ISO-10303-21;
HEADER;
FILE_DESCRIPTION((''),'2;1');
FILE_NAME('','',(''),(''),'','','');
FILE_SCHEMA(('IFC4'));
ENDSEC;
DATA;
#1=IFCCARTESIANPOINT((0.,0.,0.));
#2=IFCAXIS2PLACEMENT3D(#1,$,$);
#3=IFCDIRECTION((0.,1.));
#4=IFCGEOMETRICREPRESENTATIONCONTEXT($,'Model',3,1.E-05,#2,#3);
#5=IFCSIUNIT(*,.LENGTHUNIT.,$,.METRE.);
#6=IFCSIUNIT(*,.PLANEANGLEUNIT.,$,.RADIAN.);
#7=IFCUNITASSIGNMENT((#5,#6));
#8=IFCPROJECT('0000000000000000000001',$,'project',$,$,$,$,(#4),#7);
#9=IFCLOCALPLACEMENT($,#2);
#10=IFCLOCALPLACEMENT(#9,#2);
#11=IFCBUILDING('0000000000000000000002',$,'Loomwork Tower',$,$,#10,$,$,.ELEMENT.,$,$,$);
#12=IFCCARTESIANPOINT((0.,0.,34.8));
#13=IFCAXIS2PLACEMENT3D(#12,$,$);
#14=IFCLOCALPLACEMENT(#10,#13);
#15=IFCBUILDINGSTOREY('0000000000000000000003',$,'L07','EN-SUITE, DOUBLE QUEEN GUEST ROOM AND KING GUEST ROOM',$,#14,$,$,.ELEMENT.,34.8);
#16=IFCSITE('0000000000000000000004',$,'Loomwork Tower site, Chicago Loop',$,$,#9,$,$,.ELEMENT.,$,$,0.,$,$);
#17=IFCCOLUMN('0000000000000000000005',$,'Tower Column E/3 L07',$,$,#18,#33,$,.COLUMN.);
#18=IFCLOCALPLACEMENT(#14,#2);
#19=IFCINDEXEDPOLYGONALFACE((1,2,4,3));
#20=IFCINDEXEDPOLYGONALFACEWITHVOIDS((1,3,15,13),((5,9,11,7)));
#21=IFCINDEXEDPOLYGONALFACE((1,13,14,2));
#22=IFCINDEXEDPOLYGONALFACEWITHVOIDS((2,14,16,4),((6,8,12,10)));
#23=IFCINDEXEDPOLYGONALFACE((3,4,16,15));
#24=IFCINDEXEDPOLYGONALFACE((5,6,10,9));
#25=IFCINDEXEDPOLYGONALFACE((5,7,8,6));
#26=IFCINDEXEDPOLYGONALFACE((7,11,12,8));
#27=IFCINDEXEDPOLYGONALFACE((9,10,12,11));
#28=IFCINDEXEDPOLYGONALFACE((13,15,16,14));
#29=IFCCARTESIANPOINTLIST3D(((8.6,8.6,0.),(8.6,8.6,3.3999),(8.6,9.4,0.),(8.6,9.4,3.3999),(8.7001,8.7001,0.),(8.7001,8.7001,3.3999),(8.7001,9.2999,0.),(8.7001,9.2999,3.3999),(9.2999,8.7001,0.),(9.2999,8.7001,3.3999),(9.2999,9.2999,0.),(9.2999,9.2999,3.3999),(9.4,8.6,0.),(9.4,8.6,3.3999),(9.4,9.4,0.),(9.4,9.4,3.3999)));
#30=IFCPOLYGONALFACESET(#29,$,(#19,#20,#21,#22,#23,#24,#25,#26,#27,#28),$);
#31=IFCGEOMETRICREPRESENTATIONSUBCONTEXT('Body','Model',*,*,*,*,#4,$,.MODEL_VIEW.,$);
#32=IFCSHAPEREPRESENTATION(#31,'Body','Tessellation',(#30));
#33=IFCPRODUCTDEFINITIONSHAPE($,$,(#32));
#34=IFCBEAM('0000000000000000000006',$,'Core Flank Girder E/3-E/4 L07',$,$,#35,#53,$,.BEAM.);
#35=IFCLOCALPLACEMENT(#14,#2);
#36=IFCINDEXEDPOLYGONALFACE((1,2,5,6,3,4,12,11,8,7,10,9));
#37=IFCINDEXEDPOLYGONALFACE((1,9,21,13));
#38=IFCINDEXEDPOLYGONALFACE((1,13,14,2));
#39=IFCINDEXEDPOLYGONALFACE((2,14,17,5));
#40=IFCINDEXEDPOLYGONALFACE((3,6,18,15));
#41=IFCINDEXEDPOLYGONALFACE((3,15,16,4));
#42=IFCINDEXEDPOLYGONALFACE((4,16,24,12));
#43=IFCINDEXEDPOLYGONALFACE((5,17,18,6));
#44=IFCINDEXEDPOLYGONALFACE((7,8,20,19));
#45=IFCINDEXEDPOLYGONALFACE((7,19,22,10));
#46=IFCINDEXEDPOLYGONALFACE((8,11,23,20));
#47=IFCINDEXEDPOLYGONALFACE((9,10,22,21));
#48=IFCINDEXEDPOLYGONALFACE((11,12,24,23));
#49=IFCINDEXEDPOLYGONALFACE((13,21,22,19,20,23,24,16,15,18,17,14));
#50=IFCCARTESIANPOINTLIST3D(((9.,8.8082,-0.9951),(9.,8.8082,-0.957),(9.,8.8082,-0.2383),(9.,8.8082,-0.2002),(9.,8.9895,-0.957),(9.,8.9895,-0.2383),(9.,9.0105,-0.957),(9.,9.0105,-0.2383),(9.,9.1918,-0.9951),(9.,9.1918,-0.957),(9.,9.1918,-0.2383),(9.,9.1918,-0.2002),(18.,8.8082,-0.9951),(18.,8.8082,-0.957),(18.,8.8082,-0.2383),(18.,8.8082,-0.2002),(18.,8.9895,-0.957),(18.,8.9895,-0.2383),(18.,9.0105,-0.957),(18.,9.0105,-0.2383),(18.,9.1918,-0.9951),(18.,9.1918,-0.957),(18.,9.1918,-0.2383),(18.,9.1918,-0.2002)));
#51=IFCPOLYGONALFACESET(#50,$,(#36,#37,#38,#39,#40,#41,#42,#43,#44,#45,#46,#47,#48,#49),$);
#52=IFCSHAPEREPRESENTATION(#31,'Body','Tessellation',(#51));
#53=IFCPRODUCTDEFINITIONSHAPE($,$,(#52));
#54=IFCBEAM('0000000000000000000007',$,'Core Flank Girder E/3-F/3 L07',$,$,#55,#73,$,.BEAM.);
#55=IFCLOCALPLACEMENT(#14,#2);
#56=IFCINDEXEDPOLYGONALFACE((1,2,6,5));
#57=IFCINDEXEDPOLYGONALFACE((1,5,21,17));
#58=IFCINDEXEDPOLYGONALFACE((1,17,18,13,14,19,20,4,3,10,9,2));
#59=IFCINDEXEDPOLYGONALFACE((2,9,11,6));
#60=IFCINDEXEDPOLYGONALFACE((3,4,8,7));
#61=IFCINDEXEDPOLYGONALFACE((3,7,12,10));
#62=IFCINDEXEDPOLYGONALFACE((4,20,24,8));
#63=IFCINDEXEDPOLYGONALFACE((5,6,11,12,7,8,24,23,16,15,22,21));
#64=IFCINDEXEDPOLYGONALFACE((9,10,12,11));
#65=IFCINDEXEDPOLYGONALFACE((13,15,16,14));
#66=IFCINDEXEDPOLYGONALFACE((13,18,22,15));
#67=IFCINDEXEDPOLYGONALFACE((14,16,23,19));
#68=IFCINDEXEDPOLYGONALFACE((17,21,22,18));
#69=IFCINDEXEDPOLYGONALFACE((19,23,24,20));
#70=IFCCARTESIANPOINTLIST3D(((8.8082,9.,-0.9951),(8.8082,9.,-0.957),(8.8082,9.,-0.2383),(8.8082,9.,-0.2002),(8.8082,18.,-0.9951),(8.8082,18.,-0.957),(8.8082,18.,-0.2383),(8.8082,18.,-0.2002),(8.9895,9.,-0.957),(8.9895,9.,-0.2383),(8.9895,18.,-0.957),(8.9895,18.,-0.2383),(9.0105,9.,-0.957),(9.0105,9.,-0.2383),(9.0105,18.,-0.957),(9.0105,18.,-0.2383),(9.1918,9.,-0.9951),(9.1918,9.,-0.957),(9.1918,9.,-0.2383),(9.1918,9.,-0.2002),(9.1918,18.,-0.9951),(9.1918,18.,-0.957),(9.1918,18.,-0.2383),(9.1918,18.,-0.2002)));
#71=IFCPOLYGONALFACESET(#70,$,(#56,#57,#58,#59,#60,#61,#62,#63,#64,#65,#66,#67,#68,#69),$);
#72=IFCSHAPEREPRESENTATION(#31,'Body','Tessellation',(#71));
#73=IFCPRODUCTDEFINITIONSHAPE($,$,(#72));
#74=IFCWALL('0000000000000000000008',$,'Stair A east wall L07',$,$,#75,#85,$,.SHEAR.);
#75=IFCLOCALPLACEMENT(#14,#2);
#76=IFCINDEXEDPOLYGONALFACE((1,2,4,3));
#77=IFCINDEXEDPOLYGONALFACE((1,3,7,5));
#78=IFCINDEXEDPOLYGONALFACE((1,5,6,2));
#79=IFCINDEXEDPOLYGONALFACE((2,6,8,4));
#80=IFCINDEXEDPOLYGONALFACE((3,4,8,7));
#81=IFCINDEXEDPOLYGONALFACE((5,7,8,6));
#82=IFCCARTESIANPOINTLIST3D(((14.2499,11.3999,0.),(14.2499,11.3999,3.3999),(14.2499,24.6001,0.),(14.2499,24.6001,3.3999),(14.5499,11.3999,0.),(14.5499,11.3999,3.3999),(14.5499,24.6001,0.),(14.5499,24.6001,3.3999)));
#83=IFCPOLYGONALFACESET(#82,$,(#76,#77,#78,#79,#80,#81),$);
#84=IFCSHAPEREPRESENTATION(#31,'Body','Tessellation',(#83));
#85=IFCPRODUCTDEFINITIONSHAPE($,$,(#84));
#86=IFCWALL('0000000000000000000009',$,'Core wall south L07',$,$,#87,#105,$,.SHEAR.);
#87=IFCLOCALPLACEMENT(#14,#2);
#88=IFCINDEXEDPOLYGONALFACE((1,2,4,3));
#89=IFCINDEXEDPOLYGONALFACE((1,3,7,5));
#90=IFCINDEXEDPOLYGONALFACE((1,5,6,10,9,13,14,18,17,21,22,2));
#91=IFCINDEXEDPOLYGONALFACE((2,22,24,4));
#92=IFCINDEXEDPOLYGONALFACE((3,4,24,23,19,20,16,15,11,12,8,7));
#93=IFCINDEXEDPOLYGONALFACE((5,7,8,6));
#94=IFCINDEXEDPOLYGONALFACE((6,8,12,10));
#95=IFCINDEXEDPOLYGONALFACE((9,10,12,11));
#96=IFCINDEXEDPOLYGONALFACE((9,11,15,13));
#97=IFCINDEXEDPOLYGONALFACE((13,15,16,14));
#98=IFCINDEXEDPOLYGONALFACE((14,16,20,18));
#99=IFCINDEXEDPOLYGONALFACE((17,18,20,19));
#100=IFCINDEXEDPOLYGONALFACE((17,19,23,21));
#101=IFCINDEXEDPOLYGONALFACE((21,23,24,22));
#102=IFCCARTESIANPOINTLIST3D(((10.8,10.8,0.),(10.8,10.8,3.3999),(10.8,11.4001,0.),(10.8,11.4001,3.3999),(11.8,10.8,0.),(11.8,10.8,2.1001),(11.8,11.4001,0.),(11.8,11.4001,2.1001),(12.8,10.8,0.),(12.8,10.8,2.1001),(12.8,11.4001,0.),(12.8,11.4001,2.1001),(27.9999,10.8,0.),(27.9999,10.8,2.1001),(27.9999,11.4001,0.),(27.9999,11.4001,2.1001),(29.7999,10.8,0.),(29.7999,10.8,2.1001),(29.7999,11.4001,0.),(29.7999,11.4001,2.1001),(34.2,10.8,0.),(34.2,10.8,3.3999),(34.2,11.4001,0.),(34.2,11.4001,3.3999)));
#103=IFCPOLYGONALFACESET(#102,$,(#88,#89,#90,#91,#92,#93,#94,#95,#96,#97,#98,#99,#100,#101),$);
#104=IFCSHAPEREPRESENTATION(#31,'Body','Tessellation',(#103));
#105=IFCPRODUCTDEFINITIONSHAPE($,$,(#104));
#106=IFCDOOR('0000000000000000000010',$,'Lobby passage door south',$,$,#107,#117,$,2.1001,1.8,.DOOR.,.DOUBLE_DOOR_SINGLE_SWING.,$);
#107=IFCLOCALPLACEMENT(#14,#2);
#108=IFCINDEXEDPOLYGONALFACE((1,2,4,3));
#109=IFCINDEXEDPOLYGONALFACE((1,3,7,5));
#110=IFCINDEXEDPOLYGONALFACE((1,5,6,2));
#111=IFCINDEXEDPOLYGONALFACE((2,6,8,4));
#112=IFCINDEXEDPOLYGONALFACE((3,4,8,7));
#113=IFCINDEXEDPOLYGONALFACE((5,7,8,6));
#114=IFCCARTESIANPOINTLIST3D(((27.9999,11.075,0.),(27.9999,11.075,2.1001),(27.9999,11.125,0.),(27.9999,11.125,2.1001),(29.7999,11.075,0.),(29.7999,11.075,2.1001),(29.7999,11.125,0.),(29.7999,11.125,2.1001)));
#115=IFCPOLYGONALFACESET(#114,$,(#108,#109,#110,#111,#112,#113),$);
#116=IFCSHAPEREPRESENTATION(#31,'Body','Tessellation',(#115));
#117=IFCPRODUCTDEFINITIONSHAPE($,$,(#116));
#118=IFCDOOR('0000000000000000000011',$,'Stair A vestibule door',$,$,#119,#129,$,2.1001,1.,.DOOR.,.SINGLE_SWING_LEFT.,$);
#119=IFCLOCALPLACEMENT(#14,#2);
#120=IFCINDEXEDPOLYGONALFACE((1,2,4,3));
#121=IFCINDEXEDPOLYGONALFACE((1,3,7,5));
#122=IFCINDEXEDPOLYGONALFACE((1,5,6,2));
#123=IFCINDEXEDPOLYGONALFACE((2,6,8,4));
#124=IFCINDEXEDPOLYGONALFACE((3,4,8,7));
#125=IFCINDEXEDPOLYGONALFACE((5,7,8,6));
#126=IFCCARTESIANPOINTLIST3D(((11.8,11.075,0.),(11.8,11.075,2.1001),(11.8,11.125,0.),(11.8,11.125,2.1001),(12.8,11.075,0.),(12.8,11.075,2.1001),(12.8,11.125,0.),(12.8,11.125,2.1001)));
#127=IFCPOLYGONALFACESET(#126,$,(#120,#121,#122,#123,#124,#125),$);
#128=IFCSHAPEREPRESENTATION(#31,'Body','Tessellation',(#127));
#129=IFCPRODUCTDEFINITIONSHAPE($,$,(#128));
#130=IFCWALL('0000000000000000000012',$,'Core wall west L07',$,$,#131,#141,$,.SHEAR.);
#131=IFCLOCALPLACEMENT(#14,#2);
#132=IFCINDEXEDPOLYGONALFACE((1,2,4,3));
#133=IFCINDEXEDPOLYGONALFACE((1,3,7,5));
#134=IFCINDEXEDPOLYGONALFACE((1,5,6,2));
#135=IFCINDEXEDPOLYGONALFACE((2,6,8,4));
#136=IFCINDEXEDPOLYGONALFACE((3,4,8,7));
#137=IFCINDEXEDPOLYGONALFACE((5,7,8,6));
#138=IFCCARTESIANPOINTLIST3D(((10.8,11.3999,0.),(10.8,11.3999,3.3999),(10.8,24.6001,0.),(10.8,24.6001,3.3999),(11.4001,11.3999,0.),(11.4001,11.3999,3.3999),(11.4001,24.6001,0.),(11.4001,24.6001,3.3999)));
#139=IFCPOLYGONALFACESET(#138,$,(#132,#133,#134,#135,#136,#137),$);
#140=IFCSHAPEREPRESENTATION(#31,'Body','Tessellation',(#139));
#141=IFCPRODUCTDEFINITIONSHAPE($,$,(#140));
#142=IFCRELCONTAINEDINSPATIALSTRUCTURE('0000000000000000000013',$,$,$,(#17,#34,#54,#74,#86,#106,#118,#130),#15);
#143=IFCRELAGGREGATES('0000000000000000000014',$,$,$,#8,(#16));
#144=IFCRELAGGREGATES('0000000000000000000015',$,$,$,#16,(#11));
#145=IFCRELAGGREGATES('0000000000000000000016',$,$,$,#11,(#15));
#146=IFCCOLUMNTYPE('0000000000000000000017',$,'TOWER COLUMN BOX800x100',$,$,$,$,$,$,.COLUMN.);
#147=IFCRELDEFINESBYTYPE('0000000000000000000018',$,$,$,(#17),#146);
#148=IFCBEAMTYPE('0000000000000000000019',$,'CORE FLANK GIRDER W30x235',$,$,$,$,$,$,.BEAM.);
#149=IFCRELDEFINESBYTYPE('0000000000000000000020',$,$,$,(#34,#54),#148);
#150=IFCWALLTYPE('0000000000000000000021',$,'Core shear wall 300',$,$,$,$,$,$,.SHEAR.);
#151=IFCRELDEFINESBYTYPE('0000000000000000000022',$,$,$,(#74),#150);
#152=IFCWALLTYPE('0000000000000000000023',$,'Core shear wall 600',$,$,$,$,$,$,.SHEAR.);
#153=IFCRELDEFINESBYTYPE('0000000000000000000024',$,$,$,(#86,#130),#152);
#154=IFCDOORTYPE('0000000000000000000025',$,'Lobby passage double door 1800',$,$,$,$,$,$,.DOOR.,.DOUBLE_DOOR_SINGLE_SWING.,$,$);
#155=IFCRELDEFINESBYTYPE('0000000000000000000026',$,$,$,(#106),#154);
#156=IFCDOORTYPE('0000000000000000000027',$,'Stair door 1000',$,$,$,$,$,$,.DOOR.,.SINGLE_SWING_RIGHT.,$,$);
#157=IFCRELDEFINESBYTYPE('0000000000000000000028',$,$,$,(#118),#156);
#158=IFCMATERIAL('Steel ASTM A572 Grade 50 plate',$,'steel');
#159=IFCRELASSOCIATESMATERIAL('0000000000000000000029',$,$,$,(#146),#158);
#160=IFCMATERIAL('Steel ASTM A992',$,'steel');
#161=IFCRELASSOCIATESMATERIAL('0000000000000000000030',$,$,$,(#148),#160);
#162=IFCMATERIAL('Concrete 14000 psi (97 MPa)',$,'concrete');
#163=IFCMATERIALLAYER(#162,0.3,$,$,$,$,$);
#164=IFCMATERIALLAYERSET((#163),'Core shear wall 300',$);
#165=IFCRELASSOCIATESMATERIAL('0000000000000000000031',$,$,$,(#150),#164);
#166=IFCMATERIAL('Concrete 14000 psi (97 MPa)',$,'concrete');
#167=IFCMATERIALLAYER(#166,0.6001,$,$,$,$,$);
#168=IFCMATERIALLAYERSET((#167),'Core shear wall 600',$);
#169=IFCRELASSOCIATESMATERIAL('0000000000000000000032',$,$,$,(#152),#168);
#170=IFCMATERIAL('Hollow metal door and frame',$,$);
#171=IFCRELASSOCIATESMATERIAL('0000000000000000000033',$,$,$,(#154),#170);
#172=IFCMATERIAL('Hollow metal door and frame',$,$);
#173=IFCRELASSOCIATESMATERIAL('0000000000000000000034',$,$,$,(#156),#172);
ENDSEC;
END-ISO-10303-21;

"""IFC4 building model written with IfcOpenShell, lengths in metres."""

from ifc_helpers import new_model, si_unit, direction, frame, frame_2d, origin, origin_2d, place, context, subcontext, project, spatial, rectangle, hollow_rectangle, i_section, extrude, material, layer, layer_set, material_profile, profile_set, type_object, element, fill, save


model = new_model("IFC4")

# Units and contexts
model_context = context("Model", 3, precision=1e-05, world=origin(), true_north=direction((0.0, 1.0)))
body_context = subcontext(model_context, "Body", "Model", "MODEL_VIEW")
ifc_project = project(units=[si_unit("LENGTHUNIT", "METRE"), si_unit("PLANEANGLEUNIT", "RADIAN")], contexts=[model_context])

# Site, building, storey
site_placement = place(None, origin())
site = spatial("IfcSite", under=ifc_project, at=site_placement, Name="Loomwork Tower site, Chicago Loop", CompositionType="ELEMENT", RefElevation=0.0)
building_placement = place(site_placement, origin())
building = spatial("IfcBuilding", under=site, at=building_placement, Name="Loomwork Tower", CompositionType="ELEMENT")
storey_placement = place(building_placement, frame((0.0, 0.0, 34.8)))
storey = spatial("IfcBuildingStorey", under=building, at=storey_placement, Name="L07", Description="EN-SUITE, DOUBLE QUEEN GUEST ROOM AND KING GUEST ROOM", CompositionType="ELEMENT", Elevation=34.8)

# Column
ifc_material_1 = material(Name="Steel ASTM A572 Grade 50 plate", Category="steel")
ifc_material_profile_1 = material_profile(ifc_material_1, hollow_rectangle(XDim=0.8, YDim=0.8, WallThickness=0.1001, at=origin_2d()), Name="BOX800x100")
ifc_profile_set_1 = profile_set([ifc_material_profile_1], Name="Steel ASTM A572 Grade 50 plate")
column_type = type_object("IfcColumnType", Name="TOWER COLUMN BOX800x100", PredefinedType="COLUMN", material=ifc_profile_set_1)
column_placement = place(storey_placement, frame((9.0, 9.0, 0.0), z_axis=(0.0, 0.0, 1.0), x_axis=(1.0, 0.0, 0.0)))
element("IfcColumn", 1, at=column_placement, inside=storey, type_object=column_type, Name="Tower Column E/3 L07", PredefinedType="COLUMN", context=body_context, shape_type="SweptSolid", body=[
    extrude(hollow_rectangle(XDim=0.8, YDim=0.8, WallThickness=0.1001, at=origin_2d()), origin(), (0.0, 0.0, 1.0), 3.3999),
])

# Beams
ifc_material_2 = material(Name="Steel ASTM A992", Category="steel")
ifc_material_profile_2 = material_profile(ifc_material_2, i_section(OverallWidth=0.3835, OverallDepth=0.7949, WebThickness=0.021, FlangeThickness=0.0381, at=origin_2d()), Name="W30x235")
ifc_profile_set_2 = profile_set([ifc_material_profile_2], Name="Steel ASTM A992")
beam_type = type_object("IfcBeamType", Name="CORE FLANK GIRDER W30x235", PredefinedType="BEAM", material=ifc_profile_set_2)
for number, where, z_axis, x_axis, name in (
    (2, (9.0, 9.0, -0.5977), (1.0, 0.0, 0.0), (0.0, 1.0, 0.0), "Core Flank Girder E/3-E/4 L07"),
    (3, (9.0, 9.0, -0.5977), (0.0, 1.0, 0.0), (-1.0, 0.0, 0.0), "Core Flank Girder E/3-F/3 L07"),
):
    element("IfcBeam", number, at=place(storey_placement, frame(where, z_axis=z_axis, x_axis=x_axis)), inside=storey, type_object=beam_type, Name=name, PredefinedType="BEAM", context=body_context, shape_type="SweptSolid", body=[
        extrude(i_section(OverallWidth=0.3835, OverallDepth=0.7949, WebThickness=0.021, FlangeThickness=0.0381, at=origin_2d()), origin(), (0.0, 0.0, 1.0), 9.0),
    ])

# Wall
ifc_material_3 = material(Name="Concrete 14000 psi (97 MPa)", Category="concrete")
ifc_layer_1 = layer(ifc_material_3, 0.3)
ifc_layer_set_1 = layer_set([ifc_layer_1], Name="Core shear wall 300")
wall_type_1 = type_object("IfcWallType", Name="Core shear wall 300", PredefinedType="SHEAR", material=ifc_layer_set_1)
wall_1_placement = place(storey_placement, frame((14.3999, 11.3999, 0.0), z_axis=(0.0, 0.0, 1.0), x_axis=(0.0, 1.0, 0.0)))
element("IfcWall", 4, at=wall_1_placement, inside=storey, type_object=wall_type_1, Name="Stair A east wall L07", PredefinedType="SHEAR", context=body_context, shape_type="SweptSolid", body=[
    extrude(rectangle(XDim=13.2002, YDim=0.3, at=frame_2d((6.6001, 0.0))), origin(), (0.0, 0.0, 1.0), 3.3999),
])

# Wall, openings, doors
ifc_material_4 = material(Name="Concrete 14000 psi (97 MPa)", Category="concrete")
ifc_layer_2 = layer(ifc_material_4, 0.6001)
ifc_layer_set_2 = layer_set([ifc_layer_2], Name="Core shear wall 600")
wall_type_2 = type_object("IfcWallType", Name="Core shear wall 600", PredefinedType="SHEAR", material=ifc_layer_set_2)
wall_2_placement = place(storey_placement, frame((10.8, 11.1001, 0.0), z_axis=(0.0, 0.0, 1.0), x_axis=(1.0, 0.0, 0.0)))
wall_2 = element("IfcWall", 5, at=wall_2_placement, inside=storey, type_object=wall_type_2, Name="Core wall south L07", PredefinedType="SHEAR", context=body_context, shape_type="SweptSolid", body=[
    extrude(rectangle(XDim=23.3999, YDim=0.6001, at=frame_2d((11.7, 0.0))), origin(), (0.0, 0.0, 1.0), 3.3999),
])
opening_1_placement = place(wall_2_placement, frame((1.0, 0.0, 0.0)))
opening_1 = element("IfcOpeningElement", 6, at=opening_1_placement, cuts=wall_2, PredefinedType="OPENING", context=body_context, shape_type="SweptSolid", body=[
    extrude(rectangle(XDim=1.0, YDim=2.1001, at=frame_2d((0.5, 1.05))), frame((0.0, 0.3101, 0.0), z_axis=(0.0, -1.0, 0.0), x_axis=(1.0, 0.0, 0.0)), (0.0, 0.0, 1.0), 0.6201),
])
opening_2_placement = place(wall_2_placement, frame((17.2, 0.0, 0.0)))
opening_2 = element("IfcOpeningElement", 7, at=opening_2_placement, cuts=wall_2, PredefinedType="OPENING", context=body_context, shape_type="SweptSolid", body=[
    extrude(rectangle(XDim=1.8, YDim=2.1001, at=frame_2d((0.8999, 1.05))), frame((0.0, 0.3101, 0.0), z_axis=(0.0, -1.0, 0.0), x_axis=(1.0, 0.0, 0.0)), (0.0, 0.0, 1.0), 0.6201),
])
ifc_material_5 = material(Name="Hollow metal door and frame")
door_type_1 = type_object("IfcDoorType", Name="Lobby passage double door 1800", OperationType="DOUBLE_DOOR_SINGLE_SWING", PredefinedType="DOOR", material=ifc_material_5)
door_1_placement = place(opening_2_placement, origin())
door_1 = element("IfcDoor", 8, at=door_1_placement, inside=storey, type_object=door_type_1, Name="Lobby passage door south", OperationType="DOUBLE_DOOR_SINGLE_SWING", OverallHeight=2.1001, OverallWidth=1.8, PredefinedType="DOOR", context=body_context, shape_type="SweptSolid", body=[
    extrude(rectangle(XDim=1.8, YDim=2.1001, at=frame_2d((0.8999, 1.05))), frame((0.0, 0.0249, 0.0), z_axis=(0.0, -1.0, 0.0), x_axis=(1.0, 0.0, 0.0)), (0.0, 0.0, 1.0), 0.05),
])
fill(opening_2, door_1)
ifc_material_6 = material(Name="Hollow metal door and frame")
door_type_2 = type_object("IfcDoorType", Name="Stair door 1000", OperationType="SINGLE_SWING_RIGHT", PredefinedType="DOOR", material=ifc_material_6)
door_2_placement = place(opening_1_placement, origin())
door_2 = element("IfcDoor", 9, at=door_2_placement, inside=storey, type_object=door_type_2, Name="Stair A vestibule door", OperationType="SINGLE_SWING_LEFT", OverallHeight=2.1001, OverallWidth=1.0, PredefinedType="DOOR", context=body_context, shape_type="SweptSolid", body=[
    extrude(rectangle(XDim=1.0, YDim=2.1001, at=frame_2d((0.5, 1.05))), frame((0.0, 0.0249, 0.0), z_axis=(0.0, -1.0, 0.0), x_axis=(1.0, 0.0, 0.0)), (0.0, 0.0, 1.0), 0.05),
])
fill(opening_1, door_2)

# Wall
wall_3_placement = place(storey_placement, frame((11.1001, 11.3999, 0.0), z_axis=(0.0, 0.0, 1.0), x_axis=(0.0, 1.0, 0.0)))
element("IfcWall", 10, at=wall_3_placement, inside=storey, type_object=wall_type_2, Name="Core wall west L07", PredefinedType="SHEAR", context=body_context, shape_type="SweptSolid", body=[
    extrude(rectangle(XDim=13.2002, YDim=0.6001, at=frame_2d((6.6001, 0.0))), origin(), (0.0, 0.0, 1.0), 3.3999),
])

save(model, "model.ifc")
